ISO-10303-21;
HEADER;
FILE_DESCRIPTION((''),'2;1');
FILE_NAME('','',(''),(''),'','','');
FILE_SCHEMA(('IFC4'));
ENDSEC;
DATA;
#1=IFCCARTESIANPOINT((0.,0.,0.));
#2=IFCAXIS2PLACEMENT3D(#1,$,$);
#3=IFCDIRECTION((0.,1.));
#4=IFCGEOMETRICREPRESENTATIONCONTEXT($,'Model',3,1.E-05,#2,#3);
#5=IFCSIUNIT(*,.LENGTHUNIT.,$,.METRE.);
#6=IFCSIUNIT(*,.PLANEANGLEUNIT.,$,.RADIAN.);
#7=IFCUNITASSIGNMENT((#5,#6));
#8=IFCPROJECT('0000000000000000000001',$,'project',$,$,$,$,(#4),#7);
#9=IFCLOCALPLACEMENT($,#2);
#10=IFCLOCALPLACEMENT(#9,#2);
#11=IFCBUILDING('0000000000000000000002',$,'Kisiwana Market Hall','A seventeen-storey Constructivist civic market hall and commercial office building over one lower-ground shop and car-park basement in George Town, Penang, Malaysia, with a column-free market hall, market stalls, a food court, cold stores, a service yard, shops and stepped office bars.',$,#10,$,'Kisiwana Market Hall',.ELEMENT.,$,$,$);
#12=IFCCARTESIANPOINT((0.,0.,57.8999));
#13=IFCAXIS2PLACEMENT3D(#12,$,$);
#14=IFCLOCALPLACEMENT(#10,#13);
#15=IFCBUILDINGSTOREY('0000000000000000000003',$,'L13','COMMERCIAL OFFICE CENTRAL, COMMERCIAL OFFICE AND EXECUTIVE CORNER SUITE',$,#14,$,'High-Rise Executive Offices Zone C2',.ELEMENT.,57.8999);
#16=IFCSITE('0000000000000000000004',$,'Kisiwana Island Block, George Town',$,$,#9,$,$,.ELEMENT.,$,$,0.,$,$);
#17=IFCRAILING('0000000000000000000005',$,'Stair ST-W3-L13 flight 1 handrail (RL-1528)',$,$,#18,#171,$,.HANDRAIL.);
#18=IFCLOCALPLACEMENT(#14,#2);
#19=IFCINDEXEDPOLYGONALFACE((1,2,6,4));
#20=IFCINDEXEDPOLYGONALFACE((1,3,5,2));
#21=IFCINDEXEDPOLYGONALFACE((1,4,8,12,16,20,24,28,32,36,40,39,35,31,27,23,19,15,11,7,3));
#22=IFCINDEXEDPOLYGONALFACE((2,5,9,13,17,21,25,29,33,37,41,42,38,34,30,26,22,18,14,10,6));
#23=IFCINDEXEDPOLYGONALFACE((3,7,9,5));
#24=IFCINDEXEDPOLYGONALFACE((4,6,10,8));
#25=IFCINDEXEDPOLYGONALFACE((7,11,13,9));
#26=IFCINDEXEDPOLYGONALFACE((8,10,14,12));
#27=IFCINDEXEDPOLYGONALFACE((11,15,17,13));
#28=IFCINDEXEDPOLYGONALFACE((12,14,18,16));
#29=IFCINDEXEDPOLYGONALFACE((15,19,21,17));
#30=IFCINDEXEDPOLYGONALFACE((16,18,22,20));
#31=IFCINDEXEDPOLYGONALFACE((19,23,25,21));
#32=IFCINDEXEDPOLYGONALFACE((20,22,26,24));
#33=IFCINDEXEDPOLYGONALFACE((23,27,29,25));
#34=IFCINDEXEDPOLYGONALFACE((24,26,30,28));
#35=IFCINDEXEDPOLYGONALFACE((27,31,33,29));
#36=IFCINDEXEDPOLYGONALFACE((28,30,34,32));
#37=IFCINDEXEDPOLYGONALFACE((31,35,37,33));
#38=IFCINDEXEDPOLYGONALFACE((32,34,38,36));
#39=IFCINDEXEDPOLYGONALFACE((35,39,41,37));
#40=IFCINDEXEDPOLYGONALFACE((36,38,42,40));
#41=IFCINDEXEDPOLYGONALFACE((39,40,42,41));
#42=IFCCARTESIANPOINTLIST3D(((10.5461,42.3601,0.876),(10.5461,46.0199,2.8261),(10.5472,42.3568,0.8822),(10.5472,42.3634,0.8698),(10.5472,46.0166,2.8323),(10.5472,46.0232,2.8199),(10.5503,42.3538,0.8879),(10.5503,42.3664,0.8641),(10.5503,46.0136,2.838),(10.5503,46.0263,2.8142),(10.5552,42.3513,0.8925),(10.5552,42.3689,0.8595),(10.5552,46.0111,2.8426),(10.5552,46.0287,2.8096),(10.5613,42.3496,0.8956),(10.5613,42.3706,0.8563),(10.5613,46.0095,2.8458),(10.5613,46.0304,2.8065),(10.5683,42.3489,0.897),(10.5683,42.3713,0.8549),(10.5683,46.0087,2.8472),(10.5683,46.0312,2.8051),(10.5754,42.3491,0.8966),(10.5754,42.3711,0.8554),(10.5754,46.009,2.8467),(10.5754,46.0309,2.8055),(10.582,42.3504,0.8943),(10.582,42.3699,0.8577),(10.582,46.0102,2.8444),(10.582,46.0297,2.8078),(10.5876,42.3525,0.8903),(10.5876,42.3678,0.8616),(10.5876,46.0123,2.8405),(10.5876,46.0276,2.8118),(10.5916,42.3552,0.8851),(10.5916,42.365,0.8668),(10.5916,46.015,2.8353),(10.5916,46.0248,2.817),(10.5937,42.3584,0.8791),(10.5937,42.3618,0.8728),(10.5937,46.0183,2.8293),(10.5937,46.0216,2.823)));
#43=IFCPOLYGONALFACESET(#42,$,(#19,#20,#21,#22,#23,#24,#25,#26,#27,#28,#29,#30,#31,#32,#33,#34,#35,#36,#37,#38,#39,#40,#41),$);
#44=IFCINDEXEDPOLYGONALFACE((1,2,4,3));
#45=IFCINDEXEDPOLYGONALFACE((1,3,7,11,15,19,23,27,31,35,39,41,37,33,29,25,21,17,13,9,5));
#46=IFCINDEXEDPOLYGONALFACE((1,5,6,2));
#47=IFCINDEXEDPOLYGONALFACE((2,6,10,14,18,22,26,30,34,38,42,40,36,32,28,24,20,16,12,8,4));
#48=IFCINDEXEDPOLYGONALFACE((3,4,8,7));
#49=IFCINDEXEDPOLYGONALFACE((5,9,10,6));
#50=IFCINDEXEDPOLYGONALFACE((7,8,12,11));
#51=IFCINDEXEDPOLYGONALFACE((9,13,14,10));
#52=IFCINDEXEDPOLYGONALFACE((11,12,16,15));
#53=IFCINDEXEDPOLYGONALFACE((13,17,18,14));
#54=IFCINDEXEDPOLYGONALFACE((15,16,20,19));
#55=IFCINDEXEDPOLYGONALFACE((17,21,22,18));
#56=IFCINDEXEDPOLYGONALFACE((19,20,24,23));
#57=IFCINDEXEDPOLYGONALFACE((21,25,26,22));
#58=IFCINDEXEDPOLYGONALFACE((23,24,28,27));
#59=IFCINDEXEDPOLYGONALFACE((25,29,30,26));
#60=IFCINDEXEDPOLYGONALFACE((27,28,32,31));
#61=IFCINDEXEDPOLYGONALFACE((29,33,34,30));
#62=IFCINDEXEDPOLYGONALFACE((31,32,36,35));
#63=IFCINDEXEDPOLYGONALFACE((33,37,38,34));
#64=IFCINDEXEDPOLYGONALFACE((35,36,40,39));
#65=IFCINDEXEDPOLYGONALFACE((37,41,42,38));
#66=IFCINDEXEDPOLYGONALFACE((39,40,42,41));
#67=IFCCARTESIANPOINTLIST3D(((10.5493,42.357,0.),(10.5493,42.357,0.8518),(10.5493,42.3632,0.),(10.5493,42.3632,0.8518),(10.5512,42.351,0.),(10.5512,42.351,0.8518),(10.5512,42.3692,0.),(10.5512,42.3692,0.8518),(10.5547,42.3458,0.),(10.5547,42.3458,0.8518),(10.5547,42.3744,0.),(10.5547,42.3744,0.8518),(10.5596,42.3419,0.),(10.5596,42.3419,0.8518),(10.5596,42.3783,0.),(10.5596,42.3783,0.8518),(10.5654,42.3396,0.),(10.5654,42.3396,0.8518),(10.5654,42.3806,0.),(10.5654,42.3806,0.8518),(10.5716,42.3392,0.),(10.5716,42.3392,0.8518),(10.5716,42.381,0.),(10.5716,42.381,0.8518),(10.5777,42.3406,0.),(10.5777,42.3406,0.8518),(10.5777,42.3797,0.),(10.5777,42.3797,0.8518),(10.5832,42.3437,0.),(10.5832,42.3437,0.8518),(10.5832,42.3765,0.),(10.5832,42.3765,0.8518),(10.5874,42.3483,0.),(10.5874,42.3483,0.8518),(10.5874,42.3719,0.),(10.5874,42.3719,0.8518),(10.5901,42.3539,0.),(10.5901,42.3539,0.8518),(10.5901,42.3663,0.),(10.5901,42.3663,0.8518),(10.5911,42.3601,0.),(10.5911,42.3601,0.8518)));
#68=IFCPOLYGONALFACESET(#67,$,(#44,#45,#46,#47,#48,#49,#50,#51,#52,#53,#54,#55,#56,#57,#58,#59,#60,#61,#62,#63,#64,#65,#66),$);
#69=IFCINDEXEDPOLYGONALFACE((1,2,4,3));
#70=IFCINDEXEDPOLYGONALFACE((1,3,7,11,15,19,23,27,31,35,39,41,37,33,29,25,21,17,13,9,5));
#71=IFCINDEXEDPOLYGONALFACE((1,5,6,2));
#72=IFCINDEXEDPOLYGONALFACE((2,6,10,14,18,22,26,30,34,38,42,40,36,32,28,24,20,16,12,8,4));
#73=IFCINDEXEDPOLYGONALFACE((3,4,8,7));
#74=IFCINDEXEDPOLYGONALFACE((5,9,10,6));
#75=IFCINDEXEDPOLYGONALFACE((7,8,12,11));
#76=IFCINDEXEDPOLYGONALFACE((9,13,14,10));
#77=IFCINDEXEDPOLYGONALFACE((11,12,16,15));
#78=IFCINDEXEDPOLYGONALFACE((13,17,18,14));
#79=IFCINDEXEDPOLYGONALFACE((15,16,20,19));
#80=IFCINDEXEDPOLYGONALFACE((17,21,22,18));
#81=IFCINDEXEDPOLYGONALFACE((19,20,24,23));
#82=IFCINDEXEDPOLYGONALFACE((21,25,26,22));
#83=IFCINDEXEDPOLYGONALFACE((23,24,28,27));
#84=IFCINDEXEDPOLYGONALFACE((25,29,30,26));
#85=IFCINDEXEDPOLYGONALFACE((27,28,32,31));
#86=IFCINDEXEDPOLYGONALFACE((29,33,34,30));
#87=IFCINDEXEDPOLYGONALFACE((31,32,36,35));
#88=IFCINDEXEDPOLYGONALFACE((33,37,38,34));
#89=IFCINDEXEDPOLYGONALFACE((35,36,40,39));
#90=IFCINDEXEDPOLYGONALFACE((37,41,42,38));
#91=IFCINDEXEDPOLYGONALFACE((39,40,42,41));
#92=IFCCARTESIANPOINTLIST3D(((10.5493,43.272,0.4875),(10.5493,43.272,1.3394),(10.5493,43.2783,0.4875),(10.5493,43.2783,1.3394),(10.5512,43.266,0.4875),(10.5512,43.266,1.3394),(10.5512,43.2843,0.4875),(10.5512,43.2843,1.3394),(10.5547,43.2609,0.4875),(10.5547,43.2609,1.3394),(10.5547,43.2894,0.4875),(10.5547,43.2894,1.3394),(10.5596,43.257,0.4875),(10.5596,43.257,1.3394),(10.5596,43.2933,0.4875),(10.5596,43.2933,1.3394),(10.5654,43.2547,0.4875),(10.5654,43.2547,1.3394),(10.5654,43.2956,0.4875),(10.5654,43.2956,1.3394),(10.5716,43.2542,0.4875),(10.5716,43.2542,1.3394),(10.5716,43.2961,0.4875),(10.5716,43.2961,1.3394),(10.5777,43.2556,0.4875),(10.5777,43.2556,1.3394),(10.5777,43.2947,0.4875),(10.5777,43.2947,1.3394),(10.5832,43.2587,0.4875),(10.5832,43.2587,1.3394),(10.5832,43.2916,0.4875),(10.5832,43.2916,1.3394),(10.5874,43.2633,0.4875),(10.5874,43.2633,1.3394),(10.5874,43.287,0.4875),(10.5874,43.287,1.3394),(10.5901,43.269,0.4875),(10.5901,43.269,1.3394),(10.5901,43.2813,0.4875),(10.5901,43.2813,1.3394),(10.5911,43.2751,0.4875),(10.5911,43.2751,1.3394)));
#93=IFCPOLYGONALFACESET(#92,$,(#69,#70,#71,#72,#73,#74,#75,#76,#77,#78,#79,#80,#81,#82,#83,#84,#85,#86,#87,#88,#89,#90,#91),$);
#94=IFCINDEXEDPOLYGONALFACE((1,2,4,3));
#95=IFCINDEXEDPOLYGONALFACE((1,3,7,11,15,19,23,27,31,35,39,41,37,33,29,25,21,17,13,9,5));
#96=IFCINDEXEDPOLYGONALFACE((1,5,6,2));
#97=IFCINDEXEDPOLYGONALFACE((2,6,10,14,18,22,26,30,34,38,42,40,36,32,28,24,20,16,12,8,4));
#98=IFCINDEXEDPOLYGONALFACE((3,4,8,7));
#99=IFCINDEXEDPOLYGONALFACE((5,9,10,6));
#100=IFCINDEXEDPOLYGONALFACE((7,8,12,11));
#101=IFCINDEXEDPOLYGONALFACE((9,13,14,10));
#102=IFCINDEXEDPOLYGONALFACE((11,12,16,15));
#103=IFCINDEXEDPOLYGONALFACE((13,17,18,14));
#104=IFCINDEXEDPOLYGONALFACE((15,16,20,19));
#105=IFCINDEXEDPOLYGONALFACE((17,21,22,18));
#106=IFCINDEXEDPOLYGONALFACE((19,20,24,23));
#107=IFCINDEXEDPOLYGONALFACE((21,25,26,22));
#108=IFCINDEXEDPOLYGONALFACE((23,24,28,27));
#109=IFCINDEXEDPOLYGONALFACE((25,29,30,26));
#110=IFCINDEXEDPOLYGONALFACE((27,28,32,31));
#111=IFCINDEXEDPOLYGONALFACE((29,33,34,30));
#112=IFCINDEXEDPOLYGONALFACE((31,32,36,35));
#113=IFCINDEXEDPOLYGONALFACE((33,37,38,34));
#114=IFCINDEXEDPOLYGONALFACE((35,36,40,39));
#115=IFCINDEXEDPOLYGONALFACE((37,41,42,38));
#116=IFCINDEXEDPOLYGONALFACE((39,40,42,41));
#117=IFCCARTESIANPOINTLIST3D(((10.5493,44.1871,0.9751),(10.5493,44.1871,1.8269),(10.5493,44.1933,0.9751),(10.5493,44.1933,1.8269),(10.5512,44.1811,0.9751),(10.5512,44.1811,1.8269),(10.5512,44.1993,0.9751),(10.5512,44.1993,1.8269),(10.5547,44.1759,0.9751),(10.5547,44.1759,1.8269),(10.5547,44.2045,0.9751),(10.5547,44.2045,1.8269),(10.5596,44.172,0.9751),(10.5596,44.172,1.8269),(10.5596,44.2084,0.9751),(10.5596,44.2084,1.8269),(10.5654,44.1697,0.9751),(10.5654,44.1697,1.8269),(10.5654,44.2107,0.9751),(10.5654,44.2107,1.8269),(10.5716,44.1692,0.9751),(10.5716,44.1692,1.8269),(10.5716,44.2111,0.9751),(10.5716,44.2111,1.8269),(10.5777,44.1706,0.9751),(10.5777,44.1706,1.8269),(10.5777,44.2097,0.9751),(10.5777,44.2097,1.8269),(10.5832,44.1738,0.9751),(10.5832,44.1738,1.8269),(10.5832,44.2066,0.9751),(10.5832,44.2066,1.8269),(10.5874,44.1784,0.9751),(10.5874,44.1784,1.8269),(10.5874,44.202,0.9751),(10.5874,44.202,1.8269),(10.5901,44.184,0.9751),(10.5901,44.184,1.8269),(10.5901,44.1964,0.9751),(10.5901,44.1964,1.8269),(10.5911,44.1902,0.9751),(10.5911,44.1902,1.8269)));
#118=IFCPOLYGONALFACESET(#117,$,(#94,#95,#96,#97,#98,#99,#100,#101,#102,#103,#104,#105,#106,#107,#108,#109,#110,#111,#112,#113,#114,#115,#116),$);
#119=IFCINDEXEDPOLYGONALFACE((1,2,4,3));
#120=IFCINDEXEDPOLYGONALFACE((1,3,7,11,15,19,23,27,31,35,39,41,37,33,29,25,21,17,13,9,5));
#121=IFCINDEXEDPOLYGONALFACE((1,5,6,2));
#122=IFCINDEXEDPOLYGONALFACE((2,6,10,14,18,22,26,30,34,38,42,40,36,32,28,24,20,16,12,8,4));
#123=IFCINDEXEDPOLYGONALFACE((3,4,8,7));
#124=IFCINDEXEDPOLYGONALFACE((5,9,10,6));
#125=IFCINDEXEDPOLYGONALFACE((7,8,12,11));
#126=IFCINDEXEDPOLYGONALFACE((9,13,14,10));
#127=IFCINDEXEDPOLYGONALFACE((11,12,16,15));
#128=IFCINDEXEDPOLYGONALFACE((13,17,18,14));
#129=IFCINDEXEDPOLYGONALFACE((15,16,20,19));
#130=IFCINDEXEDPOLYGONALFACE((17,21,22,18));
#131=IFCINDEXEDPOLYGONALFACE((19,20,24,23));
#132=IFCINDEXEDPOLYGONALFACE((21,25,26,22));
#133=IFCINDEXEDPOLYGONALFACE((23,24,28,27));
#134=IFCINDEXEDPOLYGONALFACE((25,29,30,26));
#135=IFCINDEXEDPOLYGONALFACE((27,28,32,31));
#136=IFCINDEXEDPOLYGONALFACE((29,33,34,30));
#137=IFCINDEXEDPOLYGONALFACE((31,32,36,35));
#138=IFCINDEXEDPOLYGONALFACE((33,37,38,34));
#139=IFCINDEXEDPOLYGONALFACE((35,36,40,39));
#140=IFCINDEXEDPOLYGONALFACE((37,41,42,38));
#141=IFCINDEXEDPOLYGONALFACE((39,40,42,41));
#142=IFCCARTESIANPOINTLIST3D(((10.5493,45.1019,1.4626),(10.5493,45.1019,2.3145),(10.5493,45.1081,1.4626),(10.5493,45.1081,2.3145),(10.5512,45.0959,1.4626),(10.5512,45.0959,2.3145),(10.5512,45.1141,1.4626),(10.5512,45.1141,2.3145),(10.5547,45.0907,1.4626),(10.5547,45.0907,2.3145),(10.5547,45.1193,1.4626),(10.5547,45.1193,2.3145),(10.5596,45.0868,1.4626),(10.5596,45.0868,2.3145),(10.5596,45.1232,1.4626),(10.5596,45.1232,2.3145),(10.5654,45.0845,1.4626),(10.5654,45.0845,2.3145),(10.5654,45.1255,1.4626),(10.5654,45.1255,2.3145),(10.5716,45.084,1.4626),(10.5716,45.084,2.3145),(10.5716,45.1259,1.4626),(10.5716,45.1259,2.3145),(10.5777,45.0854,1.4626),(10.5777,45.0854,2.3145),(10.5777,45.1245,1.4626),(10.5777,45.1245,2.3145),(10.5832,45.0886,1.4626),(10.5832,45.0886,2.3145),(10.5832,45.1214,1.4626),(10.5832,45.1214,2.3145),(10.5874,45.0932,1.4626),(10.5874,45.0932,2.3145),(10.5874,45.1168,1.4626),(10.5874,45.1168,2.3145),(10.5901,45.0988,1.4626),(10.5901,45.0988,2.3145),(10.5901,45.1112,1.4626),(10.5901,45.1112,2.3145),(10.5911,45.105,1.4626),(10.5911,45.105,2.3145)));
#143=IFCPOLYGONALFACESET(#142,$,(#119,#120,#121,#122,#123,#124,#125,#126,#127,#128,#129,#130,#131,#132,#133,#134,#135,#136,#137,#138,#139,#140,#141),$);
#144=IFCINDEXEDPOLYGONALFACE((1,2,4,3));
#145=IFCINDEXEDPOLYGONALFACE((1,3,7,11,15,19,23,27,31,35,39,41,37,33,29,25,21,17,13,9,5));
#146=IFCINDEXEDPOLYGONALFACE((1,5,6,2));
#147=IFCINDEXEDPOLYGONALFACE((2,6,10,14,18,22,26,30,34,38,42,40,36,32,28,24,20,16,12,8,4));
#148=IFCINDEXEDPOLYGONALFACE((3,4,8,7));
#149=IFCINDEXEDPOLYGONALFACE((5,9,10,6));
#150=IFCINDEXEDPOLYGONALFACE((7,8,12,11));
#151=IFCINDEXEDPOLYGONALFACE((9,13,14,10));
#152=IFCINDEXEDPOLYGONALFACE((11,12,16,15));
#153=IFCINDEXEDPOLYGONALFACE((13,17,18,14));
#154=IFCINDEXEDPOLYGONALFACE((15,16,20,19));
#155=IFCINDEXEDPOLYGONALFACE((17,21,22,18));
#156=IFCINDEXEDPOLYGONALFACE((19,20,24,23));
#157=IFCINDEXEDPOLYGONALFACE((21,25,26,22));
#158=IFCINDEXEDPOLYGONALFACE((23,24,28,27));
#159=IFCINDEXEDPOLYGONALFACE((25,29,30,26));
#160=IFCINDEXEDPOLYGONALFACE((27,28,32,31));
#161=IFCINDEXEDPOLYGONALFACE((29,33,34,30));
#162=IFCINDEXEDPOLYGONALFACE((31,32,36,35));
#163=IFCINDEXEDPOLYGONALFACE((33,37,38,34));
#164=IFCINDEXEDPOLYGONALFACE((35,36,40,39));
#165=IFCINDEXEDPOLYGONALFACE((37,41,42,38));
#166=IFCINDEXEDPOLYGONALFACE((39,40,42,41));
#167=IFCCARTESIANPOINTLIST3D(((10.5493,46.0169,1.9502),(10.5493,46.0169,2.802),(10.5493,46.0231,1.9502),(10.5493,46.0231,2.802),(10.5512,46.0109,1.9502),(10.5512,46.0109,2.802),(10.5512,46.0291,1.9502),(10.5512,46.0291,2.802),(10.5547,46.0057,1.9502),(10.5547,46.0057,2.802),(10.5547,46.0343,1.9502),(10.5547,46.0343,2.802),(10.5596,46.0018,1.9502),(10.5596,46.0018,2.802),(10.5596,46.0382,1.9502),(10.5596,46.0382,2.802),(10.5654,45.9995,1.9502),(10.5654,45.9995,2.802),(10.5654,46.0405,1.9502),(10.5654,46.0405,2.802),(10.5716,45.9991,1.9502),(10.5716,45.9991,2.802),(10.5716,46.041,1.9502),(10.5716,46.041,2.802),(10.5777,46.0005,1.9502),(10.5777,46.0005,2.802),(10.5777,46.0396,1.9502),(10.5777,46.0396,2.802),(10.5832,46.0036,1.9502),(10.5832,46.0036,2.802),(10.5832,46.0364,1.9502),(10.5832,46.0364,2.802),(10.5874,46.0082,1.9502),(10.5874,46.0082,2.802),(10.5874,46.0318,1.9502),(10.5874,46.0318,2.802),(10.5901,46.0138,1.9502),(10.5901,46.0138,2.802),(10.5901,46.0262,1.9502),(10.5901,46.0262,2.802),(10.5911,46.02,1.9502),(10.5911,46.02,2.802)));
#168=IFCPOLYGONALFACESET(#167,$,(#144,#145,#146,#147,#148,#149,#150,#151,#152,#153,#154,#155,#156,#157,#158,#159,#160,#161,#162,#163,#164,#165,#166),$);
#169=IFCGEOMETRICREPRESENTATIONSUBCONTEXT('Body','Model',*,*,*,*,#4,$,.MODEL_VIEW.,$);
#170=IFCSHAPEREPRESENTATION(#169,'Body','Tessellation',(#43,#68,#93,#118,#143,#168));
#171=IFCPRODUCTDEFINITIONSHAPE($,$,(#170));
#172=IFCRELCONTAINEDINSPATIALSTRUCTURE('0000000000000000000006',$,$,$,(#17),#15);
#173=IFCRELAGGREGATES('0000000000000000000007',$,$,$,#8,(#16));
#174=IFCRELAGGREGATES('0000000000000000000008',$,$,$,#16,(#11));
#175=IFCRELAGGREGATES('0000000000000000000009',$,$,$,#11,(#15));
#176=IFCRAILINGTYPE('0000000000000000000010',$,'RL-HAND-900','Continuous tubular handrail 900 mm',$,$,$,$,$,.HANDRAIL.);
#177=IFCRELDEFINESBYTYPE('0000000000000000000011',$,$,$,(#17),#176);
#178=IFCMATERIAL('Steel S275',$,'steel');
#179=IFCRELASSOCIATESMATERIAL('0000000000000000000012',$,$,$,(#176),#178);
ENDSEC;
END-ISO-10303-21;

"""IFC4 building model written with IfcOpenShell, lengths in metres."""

from ifc_helpers import new_model, si_unit, direction, frame, origin, origin_2d, place, context, subcontext, project, spatial, circle, extrude, material, type_object, element, save


model = new_model("IFC4")

# Units and contexts
model_context = context("Model", 3, precision=1e-05, world=origin(), true_north=direction((0.0, 1.0)))
body_context = subcontext(model_context, "Body", "Model", "MODEL_VIEW")
ifc_project = project(units=[si_unit("LENGTHUNIT", "METRE"), si_unit("PLANEANGLEUNIT", "RADIAN")], contexts=[model_context])

# Site, building, storey
site_placement = place(None, origin())
site = spatial("IfcSite", under=ifc_project, at=site_placement, Name="Kisiwana Island Block, George Town", CompositionType="ELEMENT", RefElevation=0.0)
building_placement = place(site_placement, origin())
building = spatial("IfcBuilding", under=site, at=building_placement, Name="Kisiwana Market Hall", Description="A seventeen-storey Constructivist civic market hall and commercial office building over one lower-ground shop and car-park basement in George Town, Penang, Malaysia, with a column-free market hall, market stalls, a food court, cold stores, a service yard, shops and stepped office bars.", LongName="Kisiwana Market Hall", CompositionType="ELEMENT")
storey_placement = place(building_placement, frame((0.0, 0.0, 57.8999)))
storey = spatial("IfcBuildingStorey", under=building, at=storey_placement, Name="L13", Description="COMMERCIAL OFFICE CENTRAL, COMMERCIAL OFFICE AND EXECUTIVE CORNER SUITE", LongName="High-Rise Executive Offices Zone C2", CompositionType="ELEMENT", Elevation=57.8999)

# Railing
ifc_material_1 = material(Name="Steel S275", Category="steel")
railing_type_1 = type_object("IfcRailingType", Name="RL-HAND-900", Description="Continuous tubular handrail 900 mm", PredefinedType="HANDRAIL", material=ifc_material_1)
for number, where, name in (
    (1, (10.5701, 42.3601, 0.0), "Stair ST-W3-L13 flight 1 handrail (RL-1528)"),
):
    element("IfcRailing", number, at=place(storey_placement, frame(where)), inside=storey, type_object=railing_type_1, Name=name, PredefinedType="HANDRAIL", context=body_context, shape_type="SweptSolid", body=[
        extrude(circle(Radius=0.0239, at=origin_2d()), frame((0.0, 0.0, 0.876), z_axis=(0.0, 0.882529, 0.470258), x_axis=(-1.0, 0.0, 0.0)), (0.0, 0.0, 1.0), 4.147),
        extrude(circle(Radius=0.021, at=origin_2d()), origin(), (0.0, 0.0, 1.0), 0.8518),
        extrude(circle(Radius=0.021, at=origin_2d()), frame((0.0, 0.915, 0.4875)), (0.0, 0.0, 1.0), 0.8518),
        extrude(circle(Radius=0.021, at=origin_2d()), frame((0.0, 1.8301, 0.9751)), (0.0, 0.0, 1.0), 0.8518),
        extrude(circle(Radius=0.021, at=origin_2d()), frame((0.0, 2.7449, 1.4626)), (0.0, 0.0, 1.0), 0.8518),
        extrude(circle(Radius=0.021, at=origin_2d()), frame((0.0, 3.6599, 1.9502)), (0.0, 0.0, 1.0), 0.8518),
    ])

save(model, "model.ifc")
